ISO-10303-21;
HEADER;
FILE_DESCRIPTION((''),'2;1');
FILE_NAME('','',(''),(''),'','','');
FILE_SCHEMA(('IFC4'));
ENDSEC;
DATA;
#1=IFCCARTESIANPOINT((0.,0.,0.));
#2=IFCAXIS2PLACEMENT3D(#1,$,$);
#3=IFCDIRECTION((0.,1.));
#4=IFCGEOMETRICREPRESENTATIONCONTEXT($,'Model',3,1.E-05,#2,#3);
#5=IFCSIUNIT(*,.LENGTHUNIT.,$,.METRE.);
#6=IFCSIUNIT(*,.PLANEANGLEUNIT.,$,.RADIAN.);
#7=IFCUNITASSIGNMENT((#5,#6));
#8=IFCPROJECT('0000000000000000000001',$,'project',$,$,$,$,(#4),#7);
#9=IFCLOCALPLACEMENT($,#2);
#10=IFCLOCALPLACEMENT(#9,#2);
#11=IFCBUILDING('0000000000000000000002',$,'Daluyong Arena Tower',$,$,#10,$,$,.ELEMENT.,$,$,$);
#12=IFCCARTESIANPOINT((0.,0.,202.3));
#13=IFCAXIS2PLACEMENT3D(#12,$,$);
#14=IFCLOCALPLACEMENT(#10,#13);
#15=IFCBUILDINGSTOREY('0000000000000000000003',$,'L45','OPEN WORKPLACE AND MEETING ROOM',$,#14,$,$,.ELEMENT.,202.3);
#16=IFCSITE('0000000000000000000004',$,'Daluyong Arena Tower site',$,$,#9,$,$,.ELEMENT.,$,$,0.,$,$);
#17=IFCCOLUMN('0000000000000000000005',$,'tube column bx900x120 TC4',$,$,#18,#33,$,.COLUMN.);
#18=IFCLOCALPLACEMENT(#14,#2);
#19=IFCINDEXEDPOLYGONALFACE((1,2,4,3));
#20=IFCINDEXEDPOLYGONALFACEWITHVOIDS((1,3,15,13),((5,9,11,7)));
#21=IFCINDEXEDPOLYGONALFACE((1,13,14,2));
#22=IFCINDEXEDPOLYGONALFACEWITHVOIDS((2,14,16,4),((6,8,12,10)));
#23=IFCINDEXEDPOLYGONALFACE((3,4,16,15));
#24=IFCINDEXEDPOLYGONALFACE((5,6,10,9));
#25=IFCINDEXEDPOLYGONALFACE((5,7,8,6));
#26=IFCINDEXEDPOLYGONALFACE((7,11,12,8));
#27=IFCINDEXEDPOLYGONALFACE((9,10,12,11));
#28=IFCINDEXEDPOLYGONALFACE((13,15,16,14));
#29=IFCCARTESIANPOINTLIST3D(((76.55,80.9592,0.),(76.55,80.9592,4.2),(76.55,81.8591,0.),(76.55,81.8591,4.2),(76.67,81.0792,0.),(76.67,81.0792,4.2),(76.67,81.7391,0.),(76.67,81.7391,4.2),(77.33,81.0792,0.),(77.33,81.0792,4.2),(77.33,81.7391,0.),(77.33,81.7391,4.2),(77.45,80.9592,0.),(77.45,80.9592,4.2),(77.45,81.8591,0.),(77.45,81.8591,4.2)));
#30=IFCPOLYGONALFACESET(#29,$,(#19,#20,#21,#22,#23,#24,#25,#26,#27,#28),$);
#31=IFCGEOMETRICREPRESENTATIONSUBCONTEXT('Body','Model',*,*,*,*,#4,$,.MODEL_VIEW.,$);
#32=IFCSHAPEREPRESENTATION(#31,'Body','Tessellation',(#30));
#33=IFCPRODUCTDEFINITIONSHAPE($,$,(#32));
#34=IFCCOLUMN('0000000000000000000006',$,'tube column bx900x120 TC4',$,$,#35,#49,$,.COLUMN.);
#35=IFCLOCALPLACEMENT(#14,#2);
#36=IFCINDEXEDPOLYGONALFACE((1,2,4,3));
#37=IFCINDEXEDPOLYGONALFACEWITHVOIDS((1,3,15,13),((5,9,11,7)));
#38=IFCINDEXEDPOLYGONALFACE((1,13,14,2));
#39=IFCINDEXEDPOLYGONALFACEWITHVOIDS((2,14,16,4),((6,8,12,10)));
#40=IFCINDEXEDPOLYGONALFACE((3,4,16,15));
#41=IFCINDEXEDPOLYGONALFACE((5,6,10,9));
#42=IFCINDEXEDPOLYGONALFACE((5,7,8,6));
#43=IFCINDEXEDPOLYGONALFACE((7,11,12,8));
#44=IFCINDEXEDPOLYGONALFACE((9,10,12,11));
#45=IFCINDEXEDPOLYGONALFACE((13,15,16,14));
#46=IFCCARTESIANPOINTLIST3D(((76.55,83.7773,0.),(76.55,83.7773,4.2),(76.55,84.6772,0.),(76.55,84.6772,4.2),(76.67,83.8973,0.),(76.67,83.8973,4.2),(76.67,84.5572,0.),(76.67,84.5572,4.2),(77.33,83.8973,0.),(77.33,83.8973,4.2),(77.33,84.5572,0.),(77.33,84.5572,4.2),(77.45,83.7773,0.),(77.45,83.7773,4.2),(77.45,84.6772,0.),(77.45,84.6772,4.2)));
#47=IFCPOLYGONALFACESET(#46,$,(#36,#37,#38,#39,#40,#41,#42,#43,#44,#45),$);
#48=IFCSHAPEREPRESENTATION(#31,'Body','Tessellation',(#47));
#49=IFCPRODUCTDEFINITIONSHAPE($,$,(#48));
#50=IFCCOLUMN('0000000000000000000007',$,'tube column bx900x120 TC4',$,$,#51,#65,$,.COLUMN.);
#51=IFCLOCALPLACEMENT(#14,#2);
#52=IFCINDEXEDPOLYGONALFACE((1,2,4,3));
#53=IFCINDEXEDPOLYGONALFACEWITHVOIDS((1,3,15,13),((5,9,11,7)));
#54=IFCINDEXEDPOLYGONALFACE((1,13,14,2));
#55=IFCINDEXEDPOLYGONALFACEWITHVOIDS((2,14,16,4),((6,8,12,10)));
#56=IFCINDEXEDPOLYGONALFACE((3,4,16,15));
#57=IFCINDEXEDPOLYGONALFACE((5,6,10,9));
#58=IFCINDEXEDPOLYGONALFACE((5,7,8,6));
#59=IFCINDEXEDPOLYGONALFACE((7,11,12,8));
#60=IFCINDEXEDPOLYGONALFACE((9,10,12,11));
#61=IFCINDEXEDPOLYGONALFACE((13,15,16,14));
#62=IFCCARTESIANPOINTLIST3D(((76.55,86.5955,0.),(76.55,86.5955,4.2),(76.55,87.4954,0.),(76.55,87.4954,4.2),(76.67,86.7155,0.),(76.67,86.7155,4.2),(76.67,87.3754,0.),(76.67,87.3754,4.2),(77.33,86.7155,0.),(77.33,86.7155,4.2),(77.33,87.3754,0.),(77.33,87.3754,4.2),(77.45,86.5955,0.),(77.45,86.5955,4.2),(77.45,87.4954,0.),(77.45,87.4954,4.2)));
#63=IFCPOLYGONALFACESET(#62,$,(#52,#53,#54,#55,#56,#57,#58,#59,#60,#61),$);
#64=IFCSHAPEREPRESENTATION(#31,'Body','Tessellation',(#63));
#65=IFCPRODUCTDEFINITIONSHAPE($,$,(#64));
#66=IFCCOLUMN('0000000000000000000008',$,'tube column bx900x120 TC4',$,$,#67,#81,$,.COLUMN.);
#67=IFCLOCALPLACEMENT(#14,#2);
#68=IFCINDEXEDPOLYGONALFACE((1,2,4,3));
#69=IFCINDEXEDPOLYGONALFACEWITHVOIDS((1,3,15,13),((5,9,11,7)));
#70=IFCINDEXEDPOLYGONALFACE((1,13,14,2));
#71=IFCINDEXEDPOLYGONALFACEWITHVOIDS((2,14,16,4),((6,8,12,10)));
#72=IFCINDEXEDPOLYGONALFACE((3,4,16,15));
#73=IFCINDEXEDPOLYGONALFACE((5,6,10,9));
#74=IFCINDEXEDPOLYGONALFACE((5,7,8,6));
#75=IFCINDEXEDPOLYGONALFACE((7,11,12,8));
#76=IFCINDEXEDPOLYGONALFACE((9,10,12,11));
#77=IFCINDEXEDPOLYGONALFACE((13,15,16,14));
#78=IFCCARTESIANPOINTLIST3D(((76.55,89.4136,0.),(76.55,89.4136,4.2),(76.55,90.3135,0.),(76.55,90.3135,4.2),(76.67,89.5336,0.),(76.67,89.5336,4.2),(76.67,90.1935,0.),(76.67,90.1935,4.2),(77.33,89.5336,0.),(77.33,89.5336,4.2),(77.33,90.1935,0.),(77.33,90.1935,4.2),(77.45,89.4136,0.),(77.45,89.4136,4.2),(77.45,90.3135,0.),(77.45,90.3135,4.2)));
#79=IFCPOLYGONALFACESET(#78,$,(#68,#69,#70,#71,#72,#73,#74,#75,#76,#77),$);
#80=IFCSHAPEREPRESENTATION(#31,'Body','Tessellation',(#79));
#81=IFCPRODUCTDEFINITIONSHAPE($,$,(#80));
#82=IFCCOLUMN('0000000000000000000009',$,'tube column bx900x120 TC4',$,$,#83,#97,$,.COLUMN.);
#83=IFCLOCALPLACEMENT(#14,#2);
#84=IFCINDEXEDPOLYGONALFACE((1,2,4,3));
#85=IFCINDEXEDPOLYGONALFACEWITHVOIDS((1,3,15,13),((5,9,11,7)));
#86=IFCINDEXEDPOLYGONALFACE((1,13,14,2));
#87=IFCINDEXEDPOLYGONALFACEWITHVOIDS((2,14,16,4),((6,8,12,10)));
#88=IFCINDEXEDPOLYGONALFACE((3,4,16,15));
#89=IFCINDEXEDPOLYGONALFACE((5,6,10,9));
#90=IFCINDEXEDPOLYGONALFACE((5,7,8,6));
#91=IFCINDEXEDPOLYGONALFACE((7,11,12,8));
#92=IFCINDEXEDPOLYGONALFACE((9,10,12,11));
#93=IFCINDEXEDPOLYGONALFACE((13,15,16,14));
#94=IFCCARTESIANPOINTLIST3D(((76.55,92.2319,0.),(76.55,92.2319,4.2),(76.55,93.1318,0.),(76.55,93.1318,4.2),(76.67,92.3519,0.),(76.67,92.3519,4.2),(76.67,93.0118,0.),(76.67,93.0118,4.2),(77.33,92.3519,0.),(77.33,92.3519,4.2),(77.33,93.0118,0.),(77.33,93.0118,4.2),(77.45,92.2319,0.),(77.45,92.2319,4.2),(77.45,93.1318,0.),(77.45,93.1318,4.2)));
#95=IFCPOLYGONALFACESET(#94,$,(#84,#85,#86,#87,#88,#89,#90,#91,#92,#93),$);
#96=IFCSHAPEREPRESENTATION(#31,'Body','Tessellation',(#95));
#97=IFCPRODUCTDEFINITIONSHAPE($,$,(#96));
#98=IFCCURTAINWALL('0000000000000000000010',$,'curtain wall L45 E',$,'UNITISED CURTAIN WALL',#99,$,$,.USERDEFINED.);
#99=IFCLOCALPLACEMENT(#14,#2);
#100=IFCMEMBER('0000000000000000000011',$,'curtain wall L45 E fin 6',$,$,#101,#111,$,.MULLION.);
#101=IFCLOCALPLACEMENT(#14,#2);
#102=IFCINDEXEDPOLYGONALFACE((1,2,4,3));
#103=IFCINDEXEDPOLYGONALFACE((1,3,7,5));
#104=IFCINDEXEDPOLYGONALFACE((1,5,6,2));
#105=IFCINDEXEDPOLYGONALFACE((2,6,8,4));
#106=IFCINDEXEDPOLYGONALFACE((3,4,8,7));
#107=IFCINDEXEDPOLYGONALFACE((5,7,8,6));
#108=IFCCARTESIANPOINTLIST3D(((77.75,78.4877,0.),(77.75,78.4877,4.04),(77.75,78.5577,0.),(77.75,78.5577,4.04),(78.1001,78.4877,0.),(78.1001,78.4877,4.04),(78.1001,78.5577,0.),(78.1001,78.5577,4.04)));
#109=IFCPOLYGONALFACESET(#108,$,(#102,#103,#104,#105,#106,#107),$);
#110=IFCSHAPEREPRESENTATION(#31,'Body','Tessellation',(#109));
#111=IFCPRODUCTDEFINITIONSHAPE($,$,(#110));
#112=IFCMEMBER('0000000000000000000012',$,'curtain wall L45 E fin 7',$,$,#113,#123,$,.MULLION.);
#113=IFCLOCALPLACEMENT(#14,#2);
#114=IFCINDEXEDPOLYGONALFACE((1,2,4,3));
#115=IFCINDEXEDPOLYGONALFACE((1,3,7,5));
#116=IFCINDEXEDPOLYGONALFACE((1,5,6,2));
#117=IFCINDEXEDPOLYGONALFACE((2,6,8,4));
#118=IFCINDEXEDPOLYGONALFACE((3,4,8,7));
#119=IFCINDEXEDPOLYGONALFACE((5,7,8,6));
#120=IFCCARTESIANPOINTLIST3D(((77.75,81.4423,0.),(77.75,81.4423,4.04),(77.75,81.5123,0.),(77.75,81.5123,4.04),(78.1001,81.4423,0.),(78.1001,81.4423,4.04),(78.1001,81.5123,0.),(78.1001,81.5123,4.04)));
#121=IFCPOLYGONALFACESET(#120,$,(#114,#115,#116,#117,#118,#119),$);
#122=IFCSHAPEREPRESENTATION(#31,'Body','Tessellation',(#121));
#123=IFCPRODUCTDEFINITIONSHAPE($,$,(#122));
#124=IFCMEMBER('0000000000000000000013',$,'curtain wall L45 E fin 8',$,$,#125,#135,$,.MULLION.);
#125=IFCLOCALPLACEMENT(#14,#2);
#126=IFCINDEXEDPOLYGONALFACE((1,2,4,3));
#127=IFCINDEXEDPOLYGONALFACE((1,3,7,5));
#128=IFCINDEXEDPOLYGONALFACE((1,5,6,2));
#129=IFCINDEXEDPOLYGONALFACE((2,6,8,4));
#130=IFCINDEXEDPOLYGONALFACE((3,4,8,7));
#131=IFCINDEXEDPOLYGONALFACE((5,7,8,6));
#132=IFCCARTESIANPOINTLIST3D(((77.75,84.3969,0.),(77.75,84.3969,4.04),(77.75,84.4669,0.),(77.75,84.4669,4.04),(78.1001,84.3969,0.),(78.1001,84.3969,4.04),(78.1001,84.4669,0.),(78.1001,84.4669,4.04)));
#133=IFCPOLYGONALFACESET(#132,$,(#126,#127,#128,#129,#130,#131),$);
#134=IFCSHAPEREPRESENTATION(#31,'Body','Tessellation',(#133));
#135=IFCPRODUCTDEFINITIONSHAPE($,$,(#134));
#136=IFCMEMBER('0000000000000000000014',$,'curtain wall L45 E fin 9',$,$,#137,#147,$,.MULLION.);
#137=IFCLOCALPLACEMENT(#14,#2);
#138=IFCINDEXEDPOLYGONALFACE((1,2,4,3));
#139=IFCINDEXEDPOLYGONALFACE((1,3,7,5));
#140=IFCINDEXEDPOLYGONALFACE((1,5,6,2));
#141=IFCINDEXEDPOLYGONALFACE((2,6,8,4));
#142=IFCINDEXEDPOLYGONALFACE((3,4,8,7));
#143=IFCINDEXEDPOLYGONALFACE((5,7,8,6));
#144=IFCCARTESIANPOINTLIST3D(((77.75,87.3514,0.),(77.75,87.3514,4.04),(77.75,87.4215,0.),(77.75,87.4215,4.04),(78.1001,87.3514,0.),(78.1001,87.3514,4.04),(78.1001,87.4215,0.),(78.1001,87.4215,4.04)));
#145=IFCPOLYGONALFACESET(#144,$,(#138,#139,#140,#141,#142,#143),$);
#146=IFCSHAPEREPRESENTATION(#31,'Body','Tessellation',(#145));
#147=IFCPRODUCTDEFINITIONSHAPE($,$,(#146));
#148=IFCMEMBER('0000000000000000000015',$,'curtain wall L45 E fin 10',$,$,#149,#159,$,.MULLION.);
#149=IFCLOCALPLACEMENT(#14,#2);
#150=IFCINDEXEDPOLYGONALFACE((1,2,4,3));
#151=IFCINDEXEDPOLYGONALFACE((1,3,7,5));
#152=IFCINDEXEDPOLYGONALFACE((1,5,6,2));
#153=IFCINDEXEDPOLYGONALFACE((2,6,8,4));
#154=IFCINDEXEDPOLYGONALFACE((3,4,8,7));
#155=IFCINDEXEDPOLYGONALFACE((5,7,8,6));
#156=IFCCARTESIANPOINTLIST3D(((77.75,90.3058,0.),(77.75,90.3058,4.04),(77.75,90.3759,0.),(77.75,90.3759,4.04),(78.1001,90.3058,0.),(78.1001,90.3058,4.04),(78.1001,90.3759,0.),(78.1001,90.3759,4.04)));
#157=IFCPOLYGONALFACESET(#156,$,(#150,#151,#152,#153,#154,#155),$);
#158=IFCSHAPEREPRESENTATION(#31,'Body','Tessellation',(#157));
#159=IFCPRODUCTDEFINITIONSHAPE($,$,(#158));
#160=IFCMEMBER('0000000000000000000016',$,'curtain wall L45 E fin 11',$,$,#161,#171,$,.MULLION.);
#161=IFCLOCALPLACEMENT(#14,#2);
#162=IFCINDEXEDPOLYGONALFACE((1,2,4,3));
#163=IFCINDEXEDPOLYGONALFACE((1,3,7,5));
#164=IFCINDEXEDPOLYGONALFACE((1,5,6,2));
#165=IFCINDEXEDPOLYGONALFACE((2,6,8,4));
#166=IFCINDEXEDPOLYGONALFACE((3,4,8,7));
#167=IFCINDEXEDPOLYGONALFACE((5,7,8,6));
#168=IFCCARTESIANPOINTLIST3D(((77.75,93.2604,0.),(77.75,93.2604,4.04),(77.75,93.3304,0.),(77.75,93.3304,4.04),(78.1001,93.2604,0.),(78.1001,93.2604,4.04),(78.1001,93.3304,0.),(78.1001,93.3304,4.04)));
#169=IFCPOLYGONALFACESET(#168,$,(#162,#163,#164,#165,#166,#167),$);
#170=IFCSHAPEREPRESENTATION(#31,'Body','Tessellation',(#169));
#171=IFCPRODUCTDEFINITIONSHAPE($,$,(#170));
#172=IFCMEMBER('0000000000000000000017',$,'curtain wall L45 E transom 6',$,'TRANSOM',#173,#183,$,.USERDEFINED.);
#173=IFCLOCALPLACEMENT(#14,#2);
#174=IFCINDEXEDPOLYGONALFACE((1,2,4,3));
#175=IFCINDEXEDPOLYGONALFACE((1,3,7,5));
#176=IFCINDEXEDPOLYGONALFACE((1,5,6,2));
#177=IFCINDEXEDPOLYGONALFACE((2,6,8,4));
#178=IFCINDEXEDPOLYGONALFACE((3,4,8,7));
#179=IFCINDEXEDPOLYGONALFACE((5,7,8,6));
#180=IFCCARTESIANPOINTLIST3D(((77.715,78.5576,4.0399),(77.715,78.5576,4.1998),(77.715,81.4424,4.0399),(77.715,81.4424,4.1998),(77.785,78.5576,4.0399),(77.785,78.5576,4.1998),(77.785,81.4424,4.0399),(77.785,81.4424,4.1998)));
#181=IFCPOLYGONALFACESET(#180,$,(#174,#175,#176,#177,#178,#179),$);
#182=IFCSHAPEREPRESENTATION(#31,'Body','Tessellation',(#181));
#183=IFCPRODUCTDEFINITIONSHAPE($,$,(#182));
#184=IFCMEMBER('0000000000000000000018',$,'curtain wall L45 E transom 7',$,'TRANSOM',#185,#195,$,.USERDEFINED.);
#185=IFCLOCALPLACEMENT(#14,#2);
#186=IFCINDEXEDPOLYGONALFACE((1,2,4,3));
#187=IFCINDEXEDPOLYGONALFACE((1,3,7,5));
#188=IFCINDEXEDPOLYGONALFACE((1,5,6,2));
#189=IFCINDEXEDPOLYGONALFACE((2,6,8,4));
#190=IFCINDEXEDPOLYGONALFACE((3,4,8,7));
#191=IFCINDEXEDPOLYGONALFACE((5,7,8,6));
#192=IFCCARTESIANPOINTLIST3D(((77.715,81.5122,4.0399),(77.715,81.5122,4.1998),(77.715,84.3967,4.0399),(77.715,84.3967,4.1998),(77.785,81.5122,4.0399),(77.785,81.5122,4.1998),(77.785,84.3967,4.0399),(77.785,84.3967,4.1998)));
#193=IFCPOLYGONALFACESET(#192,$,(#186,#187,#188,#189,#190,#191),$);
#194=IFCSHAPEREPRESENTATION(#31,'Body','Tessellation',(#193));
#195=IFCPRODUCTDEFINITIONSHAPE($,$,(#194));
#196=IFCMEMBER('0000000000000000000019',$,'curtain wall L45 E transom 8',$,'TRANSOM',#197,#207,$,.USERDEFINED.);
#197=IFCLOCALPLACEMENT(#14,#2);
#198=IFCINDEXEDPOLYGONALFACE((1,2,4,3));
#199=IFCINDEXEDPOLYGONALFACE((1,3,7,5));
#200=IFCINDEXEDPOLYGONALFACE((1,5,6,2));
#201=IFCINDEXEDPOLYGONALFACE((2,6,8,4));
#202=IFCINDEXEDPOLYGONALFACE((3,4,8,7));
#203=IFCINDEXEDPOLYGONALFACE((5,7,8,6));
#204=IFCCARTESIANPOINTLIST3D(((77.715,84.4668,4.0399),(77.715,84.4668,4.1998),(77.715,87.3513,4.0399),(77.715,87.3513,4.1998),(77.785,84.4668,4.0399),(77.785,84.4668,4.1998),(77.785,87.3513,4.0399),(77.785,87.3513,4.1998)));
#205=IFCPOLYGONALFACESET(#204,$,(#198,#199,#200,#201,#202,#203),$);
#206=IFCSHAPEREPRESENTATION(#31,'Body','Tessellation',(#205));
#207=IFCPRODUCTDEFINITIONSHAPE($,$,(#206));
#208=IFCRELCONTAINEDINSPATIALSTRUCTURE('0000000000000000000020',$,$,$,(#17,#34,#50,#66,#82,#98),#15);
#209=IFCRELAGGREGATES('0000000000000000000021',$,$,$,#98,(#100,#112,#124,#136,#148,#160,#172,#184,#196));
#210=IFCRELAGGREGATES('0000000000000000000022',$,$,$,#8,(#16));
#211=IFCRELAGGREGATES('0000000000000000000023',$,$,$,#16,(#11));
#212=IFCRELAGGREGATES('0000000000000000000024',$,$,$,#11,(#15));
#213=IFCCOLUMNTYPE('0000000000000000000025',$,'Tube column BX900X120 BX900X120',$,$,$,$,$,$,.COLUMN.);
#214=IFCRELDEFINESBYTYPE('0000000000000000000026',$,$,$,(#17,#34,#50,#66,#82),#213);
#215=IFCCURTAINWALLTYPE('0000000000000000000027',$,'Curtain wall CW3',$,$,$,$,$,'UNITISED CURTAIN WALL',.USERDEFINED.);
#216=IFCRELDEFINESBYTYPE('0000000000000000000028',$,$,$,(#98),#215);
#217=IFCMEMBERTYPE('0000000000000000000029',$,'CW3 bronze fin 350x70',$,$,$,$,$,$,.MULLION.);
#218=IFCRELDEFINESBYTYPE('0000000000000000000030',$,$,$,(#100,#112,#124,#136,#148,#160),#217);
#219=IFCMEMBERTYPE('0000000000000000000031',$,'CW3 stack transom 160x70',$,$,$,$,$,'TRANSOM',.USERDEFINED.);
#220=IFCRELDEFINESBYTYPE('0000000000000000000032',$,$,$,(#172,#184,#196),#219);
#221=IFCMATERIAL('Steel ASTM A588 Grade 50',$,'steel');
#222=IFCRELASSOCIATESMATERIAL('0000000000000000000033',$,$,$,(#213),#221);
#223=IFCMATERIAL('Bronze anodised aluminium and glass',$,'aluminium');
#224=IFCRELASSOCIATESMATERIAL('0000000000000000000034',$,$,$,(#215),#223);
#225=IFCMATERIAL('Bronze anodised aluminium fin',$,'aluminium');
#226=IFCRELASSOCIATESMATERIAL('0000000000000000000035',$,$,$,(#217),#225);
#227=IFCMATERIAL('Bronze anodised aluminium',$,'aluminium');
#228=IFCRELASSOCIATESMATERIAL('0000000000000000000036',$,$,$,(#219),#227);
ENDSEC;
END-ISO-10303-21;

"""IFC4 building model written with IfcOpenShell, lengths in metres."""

from ifc_helpers import new_model, si_unit, direction, frame, origin, origin_2d, place, context, subcontext, project, spatial, rectangle, hollow_rectangle, extrude, material, material_profile, profile_set, type_object, element, aggregate, save


model = new_model("IFC4")

# Units and contexts
model_context = context("Model", 3, precision=1e-05, world=origin(), true_north=direction((0.0, 1.0)))
body_context = subcontext(model_context, "Body", "Model", "MODEL_VIEW")
ifc_project = project(units=[si_unit("LENGTHUNIT", "METRE"), si_unit("PLANEANGLEUNIT", "RADIAN")], contexts=[model_context])

# Site, building, storey
site_placement = place(None, origin())
site = spatial("IfcSite", under=ifc_project, at=site_placement, Name="Daluyong Arena Tower site", CompositionType="ELEMENT", RefElevation=0.0)
building_placement = place(site_placement, origin())
building = spatial("IfcBuilding", under=site, at=building_placement, Name="Daluyong Arena Tower", CompositionType="ELEMENT")
storey_placement = place(building_placement, frame((0.0, 0.0, 202.3)))
storey = spatial("IfcBuildingStorey", under=building, at=storey_placement, Name="L45", Description="OPEN WORKPLACE AND MEETING ROOM", CompositionType="ELEMENT", Elevation=202.3)

# Columns
ifc_material_1 = material(Name="Steel ASTM A588 Grade 50", Category="steel")
ifc_material_profile_1 = material_profile(ifc_material_1, hollow_rectangle(XDim=0.8999, YDim=0.8999, WallThickness=0.12, at=origin_2d()))
ifc_profile_set_1 = profile_set([ifc_material_profile_1], Name="Steel ASTM A588 Grade 50")
column_type = type_object("IfcColumnType", Name="Tube column BX900X120 BX900X120", PredefinedType="COLUMN", material=ifc_profile_set_1)
for number, where, z_axis, x_axis, name in (
    (1, (77.0, 81.4092, 0.0), (0.0, 0.0, 1.0), (0.0, 1.0, 0.0), "tube column bx900x120 TC4"),
    (2, (77.0, 84.2273, 0.0), (0.0, 0.0, 1.0), (0.0, 1.0, 0.0), "tube column bx900x120 TC4"),
    (3, (77.0, 87.0454, 0.0), (0.0, 0.0, 1.0), (0.0, 1.0, 0.0), "tube column bx900x120 TC4"),
    (4, (77.0, 89.8635, 0.0), (0.0, 0.0, 1.0), (0.0, 1.0, 0.0), "tube column bx900x120 TC4"),
    (5, (77.0, 92.6819, 0.0), (0.0, 0.0, 1.0), (0.0, 1.0, 0.0), "tube column bx900x120 TC4"),
):
    element("IfcColumn", number, at=place(storey_placement, frame(where, z_axis=z_axis, x_axis=x_axis)), inside=storey, type_object=column_type, Name=name, PredefinedType="COLUMN", context=body_context, shape_type="SweptSolid", body=[
        extrude(hollow_rectangle(XDim=0.8999, YDim=0.8999, WallThickness=0.12, at=origin_2d()), origin(), (0.0, 0.0, 1.0), 4.2),
    ])

# Curtain wall, members
ifc_material_2 = material(Name="Bronze anodised aluminium and glass", Category="aluminium")
curtain_wall_type = type_object("IfcCurtainWallType", Name="Curtain wall CW3", ElementType="UNITISED CURTAIN WALL", PredefinedType="USERDEFINED", material=ifc_material_2)
curtain_wall_placement = place(storey_placement, origin())
curtain_wall = element("IfcCurtainWall", 6, at=curtain_wall_placement, inside=storey, type_object=curtain_wall_type, Name="curtain wall L45 E", ObjectType="UNITISED CURTAIN WALL", PredefinedType="USERDEFINED")
ifc_material_3 = material(Name="Bronze anodised aluminium fin", Category="aluminium")
ifc_material_profile_2 = material_profile(ifc_material_3, rectangle(XDim=0.3501, YDim=0.0701, at=origin_2d()))
ifc_profile_set_2 = profile_set([ifc_material_profile_2], Name="Bronze anodised aluminium fin")
member_type_1 = type_object("IfcMemberType", Name="CW3 bronze fin 350x70", PredefinedType="MULLION", material=ifc_profile_set_2)
member_1_placement = place(storey_placement, frame((77.925, 78.5227, 0.0), z_axis=(0.0, 0.0, 1.0), x_axis=(-1.0, 0.0, 0.0)))
member_1 = element("IfcMember", 7, at=member_1_placement, type_object=member_type_1, Name="curtain wall L45 E fin 6", PredefinedType="MULLION", context=body_context, shape_type="SweptSolid", body=[
    extrude(rectangle(XDim=0.3501, YDim=0.0701, at=origin_2d()), origin(), (0.0, 0.0, 1.0), 4.04),
])
member_2_placement = place(storey_placement, frame((77.925, 81.4773, 0.0), z_axis=(0.0, 0.0, 1.0), x_axis=(-1.0, 0.0, 0.0)))
member_2 = element("IfcMember", 8, at=member_2_placement, type_object=member_type_1, Name="curtain wall L45 E fin 7", PredefinedType="MULLION", context=body_context, shape_type="SweptSolid", body=[
    extrude(rectangle(XDim=0.3501, YDim=0.0701, at=origin_2d()), origin(), (0.0, 0.0, 1.0), 4.04),
])
member_3_placement = place(storey_placement, frame((77.925, 84.4319, 0.0), z_axis=(0.0, 0.0, 1.0), x_axis=(-1.0, 0.0, 0.0)))
member_3 = element("IfcMember", 9, at=member_3_placement, type_object=member_type_1, Name="curtain wall L45 E fin 8", PredefinedType="MULLION", context=body_context, shape_type="SweptSolid", body=[
    extrude(rectangle(XDim=0.3501, YDim=0.0701, at=origin_2d()), origin(), (0.0, 0.0, 1.0), 4.04),
])
member_4_placement = place(storey_placement, frame((77.925, 87.3865, 0.0), z_axis=(0.0, 0.0, 1.0), x_axis=(-1.0, 0.0, 0.0)))
member_4 = element("IfcMember", 10, at=member_4_placement, type_object=member_type_1, Name="curtain wall L45 E fin 9", PredefinedType="MULLION", context=body_context, shape_type="SweptSolid", body=[
    extrude(rectangle(XDim=0.3501, YDim=0.0701, at=origin_2d()), origin(), (0.0, 0.0, 1.0), 4.04),
])
member_5_placement = place(storey_placement, frame((77.925, 90.3408, 0.0), z_axis=(0.0, 0.0, 1.0), x_axis=(-1.0, 0.0, 0.0)))
member_5 = element("IfcMember", 11, at=member_5_placement, type_object=member_type_1, Name="curtain wall L45 E fin 10", PredefinedType="MULLION", context=body_context, shape_type="SweptSolid", body=[
    extrude(rectangle(XDim=0.3501, YDim=0.0701, at=origin_2d()), origin(), (0.0, 0.0, 1.0), 4.04),
])
member_6_placement = place(storey_placement, frame((77.925, 93.2954, 0.0), z_axis=(0.0, 0.0, 1.0), x_axis=(-1.0, 0.0, 0.0)))
member_6 = element("IfcMember", 12, at=member_6_placement, type_object=member_type_1, Name="curtain wall L45 E fin 11", PredefinedType="MULLION", context=body_context, shape_type="SweptSolid", body=[
    extrude(rectangle(XDim=0.3501, YDim=0.0701, at=origin_2d()), origin(), (0.0, 0.0, 1.0), 4.04),
])
ifc_material_4 = material(Name="Bronze anodised aluminium", Category="aluminium")
ifc_material_profile_3 = material_profile(ifc_material_4, rectangle(XDim=0.0701, YDim=0.1599, at=origin_2d()))
ifc_profile_set_3 = profile_set([ifc_material_profile_3], Name="Bronze anodised aluminium")
member_type_2 = type_object("IfcMemberType", Name="CW3 stack transom 160x70", ElementType="TRANSOM", PredefinedType="USERDEFINED", material=ifc_profile_set_3)
member_7_placement = place(storey_placement, frame((77.75, 78.5576, 4.1199), z_axis=(0.0, 1.0, 0.0), x_axis=(-1.0, 0.0, 0.0)))
member_7 = element("IfcMember", 13, at=member_7_placement, type_object=member_type_2, Name="curtain wall L45 E transom 6", ObjectType="TRANSOM", PredefinedType="USERDEFINED", context=body_context, shape_type="SweptSolid", body=[
    extrude(rectangle(XDim=0.0701, YDim=0.1599, at=origin_2d()), origin(), (0.0, 0.0, 1.0), 2.8848),
])
member_8_placement = place(storey_placement, frame((77.75, 81.5122, 4.1199), z_axis=(0.0, 1.0, 0.0), x_axis=(-1.0, 0.0, 0.0)))
member_8 = element("IfcMember", 14, at=member_8_placement, type_object=member_type_2, Name="curtain wall L45 E transom 7", ObjectType="TRANSOM", PredefinedType="USERDEFINED", context=body_context, shape_type="SweptSolid", body=[
    extrude(rectangle(XDim=0.0701, YDim=0.1599, at=origin_2d()), origin(), (0.0, 0.0, 1.0), 2.8845),
])
member_9_placement = place(storey_placement, frame((77.75, 84.4668, 4.1199), z_axis=(0.0, 1.0, 0.0), x_axis=(-1.0, 0.0, 0.0)))
member_9 = element("IfcMember", 15, at=member_9_placement, type_object=member_type_2, Name="curtain wall L45 E transom 8", ObjectType="TRANSOM", PredefinedType="USERDEFINED", context=body_context, shape_type="SweptSolid", body=[
    extrude(rectangle(XDim=0.0701, YDim=0.1599, at=origin_2d()), origin(), (0.0, 0.0, 1.0), 2.8845),
])

aggregate(curtain_wall, [member_1, member_2, member_3, member_4, member_5, member_6, member_7, member_8, member_9])

save(model, "model.ifc")
